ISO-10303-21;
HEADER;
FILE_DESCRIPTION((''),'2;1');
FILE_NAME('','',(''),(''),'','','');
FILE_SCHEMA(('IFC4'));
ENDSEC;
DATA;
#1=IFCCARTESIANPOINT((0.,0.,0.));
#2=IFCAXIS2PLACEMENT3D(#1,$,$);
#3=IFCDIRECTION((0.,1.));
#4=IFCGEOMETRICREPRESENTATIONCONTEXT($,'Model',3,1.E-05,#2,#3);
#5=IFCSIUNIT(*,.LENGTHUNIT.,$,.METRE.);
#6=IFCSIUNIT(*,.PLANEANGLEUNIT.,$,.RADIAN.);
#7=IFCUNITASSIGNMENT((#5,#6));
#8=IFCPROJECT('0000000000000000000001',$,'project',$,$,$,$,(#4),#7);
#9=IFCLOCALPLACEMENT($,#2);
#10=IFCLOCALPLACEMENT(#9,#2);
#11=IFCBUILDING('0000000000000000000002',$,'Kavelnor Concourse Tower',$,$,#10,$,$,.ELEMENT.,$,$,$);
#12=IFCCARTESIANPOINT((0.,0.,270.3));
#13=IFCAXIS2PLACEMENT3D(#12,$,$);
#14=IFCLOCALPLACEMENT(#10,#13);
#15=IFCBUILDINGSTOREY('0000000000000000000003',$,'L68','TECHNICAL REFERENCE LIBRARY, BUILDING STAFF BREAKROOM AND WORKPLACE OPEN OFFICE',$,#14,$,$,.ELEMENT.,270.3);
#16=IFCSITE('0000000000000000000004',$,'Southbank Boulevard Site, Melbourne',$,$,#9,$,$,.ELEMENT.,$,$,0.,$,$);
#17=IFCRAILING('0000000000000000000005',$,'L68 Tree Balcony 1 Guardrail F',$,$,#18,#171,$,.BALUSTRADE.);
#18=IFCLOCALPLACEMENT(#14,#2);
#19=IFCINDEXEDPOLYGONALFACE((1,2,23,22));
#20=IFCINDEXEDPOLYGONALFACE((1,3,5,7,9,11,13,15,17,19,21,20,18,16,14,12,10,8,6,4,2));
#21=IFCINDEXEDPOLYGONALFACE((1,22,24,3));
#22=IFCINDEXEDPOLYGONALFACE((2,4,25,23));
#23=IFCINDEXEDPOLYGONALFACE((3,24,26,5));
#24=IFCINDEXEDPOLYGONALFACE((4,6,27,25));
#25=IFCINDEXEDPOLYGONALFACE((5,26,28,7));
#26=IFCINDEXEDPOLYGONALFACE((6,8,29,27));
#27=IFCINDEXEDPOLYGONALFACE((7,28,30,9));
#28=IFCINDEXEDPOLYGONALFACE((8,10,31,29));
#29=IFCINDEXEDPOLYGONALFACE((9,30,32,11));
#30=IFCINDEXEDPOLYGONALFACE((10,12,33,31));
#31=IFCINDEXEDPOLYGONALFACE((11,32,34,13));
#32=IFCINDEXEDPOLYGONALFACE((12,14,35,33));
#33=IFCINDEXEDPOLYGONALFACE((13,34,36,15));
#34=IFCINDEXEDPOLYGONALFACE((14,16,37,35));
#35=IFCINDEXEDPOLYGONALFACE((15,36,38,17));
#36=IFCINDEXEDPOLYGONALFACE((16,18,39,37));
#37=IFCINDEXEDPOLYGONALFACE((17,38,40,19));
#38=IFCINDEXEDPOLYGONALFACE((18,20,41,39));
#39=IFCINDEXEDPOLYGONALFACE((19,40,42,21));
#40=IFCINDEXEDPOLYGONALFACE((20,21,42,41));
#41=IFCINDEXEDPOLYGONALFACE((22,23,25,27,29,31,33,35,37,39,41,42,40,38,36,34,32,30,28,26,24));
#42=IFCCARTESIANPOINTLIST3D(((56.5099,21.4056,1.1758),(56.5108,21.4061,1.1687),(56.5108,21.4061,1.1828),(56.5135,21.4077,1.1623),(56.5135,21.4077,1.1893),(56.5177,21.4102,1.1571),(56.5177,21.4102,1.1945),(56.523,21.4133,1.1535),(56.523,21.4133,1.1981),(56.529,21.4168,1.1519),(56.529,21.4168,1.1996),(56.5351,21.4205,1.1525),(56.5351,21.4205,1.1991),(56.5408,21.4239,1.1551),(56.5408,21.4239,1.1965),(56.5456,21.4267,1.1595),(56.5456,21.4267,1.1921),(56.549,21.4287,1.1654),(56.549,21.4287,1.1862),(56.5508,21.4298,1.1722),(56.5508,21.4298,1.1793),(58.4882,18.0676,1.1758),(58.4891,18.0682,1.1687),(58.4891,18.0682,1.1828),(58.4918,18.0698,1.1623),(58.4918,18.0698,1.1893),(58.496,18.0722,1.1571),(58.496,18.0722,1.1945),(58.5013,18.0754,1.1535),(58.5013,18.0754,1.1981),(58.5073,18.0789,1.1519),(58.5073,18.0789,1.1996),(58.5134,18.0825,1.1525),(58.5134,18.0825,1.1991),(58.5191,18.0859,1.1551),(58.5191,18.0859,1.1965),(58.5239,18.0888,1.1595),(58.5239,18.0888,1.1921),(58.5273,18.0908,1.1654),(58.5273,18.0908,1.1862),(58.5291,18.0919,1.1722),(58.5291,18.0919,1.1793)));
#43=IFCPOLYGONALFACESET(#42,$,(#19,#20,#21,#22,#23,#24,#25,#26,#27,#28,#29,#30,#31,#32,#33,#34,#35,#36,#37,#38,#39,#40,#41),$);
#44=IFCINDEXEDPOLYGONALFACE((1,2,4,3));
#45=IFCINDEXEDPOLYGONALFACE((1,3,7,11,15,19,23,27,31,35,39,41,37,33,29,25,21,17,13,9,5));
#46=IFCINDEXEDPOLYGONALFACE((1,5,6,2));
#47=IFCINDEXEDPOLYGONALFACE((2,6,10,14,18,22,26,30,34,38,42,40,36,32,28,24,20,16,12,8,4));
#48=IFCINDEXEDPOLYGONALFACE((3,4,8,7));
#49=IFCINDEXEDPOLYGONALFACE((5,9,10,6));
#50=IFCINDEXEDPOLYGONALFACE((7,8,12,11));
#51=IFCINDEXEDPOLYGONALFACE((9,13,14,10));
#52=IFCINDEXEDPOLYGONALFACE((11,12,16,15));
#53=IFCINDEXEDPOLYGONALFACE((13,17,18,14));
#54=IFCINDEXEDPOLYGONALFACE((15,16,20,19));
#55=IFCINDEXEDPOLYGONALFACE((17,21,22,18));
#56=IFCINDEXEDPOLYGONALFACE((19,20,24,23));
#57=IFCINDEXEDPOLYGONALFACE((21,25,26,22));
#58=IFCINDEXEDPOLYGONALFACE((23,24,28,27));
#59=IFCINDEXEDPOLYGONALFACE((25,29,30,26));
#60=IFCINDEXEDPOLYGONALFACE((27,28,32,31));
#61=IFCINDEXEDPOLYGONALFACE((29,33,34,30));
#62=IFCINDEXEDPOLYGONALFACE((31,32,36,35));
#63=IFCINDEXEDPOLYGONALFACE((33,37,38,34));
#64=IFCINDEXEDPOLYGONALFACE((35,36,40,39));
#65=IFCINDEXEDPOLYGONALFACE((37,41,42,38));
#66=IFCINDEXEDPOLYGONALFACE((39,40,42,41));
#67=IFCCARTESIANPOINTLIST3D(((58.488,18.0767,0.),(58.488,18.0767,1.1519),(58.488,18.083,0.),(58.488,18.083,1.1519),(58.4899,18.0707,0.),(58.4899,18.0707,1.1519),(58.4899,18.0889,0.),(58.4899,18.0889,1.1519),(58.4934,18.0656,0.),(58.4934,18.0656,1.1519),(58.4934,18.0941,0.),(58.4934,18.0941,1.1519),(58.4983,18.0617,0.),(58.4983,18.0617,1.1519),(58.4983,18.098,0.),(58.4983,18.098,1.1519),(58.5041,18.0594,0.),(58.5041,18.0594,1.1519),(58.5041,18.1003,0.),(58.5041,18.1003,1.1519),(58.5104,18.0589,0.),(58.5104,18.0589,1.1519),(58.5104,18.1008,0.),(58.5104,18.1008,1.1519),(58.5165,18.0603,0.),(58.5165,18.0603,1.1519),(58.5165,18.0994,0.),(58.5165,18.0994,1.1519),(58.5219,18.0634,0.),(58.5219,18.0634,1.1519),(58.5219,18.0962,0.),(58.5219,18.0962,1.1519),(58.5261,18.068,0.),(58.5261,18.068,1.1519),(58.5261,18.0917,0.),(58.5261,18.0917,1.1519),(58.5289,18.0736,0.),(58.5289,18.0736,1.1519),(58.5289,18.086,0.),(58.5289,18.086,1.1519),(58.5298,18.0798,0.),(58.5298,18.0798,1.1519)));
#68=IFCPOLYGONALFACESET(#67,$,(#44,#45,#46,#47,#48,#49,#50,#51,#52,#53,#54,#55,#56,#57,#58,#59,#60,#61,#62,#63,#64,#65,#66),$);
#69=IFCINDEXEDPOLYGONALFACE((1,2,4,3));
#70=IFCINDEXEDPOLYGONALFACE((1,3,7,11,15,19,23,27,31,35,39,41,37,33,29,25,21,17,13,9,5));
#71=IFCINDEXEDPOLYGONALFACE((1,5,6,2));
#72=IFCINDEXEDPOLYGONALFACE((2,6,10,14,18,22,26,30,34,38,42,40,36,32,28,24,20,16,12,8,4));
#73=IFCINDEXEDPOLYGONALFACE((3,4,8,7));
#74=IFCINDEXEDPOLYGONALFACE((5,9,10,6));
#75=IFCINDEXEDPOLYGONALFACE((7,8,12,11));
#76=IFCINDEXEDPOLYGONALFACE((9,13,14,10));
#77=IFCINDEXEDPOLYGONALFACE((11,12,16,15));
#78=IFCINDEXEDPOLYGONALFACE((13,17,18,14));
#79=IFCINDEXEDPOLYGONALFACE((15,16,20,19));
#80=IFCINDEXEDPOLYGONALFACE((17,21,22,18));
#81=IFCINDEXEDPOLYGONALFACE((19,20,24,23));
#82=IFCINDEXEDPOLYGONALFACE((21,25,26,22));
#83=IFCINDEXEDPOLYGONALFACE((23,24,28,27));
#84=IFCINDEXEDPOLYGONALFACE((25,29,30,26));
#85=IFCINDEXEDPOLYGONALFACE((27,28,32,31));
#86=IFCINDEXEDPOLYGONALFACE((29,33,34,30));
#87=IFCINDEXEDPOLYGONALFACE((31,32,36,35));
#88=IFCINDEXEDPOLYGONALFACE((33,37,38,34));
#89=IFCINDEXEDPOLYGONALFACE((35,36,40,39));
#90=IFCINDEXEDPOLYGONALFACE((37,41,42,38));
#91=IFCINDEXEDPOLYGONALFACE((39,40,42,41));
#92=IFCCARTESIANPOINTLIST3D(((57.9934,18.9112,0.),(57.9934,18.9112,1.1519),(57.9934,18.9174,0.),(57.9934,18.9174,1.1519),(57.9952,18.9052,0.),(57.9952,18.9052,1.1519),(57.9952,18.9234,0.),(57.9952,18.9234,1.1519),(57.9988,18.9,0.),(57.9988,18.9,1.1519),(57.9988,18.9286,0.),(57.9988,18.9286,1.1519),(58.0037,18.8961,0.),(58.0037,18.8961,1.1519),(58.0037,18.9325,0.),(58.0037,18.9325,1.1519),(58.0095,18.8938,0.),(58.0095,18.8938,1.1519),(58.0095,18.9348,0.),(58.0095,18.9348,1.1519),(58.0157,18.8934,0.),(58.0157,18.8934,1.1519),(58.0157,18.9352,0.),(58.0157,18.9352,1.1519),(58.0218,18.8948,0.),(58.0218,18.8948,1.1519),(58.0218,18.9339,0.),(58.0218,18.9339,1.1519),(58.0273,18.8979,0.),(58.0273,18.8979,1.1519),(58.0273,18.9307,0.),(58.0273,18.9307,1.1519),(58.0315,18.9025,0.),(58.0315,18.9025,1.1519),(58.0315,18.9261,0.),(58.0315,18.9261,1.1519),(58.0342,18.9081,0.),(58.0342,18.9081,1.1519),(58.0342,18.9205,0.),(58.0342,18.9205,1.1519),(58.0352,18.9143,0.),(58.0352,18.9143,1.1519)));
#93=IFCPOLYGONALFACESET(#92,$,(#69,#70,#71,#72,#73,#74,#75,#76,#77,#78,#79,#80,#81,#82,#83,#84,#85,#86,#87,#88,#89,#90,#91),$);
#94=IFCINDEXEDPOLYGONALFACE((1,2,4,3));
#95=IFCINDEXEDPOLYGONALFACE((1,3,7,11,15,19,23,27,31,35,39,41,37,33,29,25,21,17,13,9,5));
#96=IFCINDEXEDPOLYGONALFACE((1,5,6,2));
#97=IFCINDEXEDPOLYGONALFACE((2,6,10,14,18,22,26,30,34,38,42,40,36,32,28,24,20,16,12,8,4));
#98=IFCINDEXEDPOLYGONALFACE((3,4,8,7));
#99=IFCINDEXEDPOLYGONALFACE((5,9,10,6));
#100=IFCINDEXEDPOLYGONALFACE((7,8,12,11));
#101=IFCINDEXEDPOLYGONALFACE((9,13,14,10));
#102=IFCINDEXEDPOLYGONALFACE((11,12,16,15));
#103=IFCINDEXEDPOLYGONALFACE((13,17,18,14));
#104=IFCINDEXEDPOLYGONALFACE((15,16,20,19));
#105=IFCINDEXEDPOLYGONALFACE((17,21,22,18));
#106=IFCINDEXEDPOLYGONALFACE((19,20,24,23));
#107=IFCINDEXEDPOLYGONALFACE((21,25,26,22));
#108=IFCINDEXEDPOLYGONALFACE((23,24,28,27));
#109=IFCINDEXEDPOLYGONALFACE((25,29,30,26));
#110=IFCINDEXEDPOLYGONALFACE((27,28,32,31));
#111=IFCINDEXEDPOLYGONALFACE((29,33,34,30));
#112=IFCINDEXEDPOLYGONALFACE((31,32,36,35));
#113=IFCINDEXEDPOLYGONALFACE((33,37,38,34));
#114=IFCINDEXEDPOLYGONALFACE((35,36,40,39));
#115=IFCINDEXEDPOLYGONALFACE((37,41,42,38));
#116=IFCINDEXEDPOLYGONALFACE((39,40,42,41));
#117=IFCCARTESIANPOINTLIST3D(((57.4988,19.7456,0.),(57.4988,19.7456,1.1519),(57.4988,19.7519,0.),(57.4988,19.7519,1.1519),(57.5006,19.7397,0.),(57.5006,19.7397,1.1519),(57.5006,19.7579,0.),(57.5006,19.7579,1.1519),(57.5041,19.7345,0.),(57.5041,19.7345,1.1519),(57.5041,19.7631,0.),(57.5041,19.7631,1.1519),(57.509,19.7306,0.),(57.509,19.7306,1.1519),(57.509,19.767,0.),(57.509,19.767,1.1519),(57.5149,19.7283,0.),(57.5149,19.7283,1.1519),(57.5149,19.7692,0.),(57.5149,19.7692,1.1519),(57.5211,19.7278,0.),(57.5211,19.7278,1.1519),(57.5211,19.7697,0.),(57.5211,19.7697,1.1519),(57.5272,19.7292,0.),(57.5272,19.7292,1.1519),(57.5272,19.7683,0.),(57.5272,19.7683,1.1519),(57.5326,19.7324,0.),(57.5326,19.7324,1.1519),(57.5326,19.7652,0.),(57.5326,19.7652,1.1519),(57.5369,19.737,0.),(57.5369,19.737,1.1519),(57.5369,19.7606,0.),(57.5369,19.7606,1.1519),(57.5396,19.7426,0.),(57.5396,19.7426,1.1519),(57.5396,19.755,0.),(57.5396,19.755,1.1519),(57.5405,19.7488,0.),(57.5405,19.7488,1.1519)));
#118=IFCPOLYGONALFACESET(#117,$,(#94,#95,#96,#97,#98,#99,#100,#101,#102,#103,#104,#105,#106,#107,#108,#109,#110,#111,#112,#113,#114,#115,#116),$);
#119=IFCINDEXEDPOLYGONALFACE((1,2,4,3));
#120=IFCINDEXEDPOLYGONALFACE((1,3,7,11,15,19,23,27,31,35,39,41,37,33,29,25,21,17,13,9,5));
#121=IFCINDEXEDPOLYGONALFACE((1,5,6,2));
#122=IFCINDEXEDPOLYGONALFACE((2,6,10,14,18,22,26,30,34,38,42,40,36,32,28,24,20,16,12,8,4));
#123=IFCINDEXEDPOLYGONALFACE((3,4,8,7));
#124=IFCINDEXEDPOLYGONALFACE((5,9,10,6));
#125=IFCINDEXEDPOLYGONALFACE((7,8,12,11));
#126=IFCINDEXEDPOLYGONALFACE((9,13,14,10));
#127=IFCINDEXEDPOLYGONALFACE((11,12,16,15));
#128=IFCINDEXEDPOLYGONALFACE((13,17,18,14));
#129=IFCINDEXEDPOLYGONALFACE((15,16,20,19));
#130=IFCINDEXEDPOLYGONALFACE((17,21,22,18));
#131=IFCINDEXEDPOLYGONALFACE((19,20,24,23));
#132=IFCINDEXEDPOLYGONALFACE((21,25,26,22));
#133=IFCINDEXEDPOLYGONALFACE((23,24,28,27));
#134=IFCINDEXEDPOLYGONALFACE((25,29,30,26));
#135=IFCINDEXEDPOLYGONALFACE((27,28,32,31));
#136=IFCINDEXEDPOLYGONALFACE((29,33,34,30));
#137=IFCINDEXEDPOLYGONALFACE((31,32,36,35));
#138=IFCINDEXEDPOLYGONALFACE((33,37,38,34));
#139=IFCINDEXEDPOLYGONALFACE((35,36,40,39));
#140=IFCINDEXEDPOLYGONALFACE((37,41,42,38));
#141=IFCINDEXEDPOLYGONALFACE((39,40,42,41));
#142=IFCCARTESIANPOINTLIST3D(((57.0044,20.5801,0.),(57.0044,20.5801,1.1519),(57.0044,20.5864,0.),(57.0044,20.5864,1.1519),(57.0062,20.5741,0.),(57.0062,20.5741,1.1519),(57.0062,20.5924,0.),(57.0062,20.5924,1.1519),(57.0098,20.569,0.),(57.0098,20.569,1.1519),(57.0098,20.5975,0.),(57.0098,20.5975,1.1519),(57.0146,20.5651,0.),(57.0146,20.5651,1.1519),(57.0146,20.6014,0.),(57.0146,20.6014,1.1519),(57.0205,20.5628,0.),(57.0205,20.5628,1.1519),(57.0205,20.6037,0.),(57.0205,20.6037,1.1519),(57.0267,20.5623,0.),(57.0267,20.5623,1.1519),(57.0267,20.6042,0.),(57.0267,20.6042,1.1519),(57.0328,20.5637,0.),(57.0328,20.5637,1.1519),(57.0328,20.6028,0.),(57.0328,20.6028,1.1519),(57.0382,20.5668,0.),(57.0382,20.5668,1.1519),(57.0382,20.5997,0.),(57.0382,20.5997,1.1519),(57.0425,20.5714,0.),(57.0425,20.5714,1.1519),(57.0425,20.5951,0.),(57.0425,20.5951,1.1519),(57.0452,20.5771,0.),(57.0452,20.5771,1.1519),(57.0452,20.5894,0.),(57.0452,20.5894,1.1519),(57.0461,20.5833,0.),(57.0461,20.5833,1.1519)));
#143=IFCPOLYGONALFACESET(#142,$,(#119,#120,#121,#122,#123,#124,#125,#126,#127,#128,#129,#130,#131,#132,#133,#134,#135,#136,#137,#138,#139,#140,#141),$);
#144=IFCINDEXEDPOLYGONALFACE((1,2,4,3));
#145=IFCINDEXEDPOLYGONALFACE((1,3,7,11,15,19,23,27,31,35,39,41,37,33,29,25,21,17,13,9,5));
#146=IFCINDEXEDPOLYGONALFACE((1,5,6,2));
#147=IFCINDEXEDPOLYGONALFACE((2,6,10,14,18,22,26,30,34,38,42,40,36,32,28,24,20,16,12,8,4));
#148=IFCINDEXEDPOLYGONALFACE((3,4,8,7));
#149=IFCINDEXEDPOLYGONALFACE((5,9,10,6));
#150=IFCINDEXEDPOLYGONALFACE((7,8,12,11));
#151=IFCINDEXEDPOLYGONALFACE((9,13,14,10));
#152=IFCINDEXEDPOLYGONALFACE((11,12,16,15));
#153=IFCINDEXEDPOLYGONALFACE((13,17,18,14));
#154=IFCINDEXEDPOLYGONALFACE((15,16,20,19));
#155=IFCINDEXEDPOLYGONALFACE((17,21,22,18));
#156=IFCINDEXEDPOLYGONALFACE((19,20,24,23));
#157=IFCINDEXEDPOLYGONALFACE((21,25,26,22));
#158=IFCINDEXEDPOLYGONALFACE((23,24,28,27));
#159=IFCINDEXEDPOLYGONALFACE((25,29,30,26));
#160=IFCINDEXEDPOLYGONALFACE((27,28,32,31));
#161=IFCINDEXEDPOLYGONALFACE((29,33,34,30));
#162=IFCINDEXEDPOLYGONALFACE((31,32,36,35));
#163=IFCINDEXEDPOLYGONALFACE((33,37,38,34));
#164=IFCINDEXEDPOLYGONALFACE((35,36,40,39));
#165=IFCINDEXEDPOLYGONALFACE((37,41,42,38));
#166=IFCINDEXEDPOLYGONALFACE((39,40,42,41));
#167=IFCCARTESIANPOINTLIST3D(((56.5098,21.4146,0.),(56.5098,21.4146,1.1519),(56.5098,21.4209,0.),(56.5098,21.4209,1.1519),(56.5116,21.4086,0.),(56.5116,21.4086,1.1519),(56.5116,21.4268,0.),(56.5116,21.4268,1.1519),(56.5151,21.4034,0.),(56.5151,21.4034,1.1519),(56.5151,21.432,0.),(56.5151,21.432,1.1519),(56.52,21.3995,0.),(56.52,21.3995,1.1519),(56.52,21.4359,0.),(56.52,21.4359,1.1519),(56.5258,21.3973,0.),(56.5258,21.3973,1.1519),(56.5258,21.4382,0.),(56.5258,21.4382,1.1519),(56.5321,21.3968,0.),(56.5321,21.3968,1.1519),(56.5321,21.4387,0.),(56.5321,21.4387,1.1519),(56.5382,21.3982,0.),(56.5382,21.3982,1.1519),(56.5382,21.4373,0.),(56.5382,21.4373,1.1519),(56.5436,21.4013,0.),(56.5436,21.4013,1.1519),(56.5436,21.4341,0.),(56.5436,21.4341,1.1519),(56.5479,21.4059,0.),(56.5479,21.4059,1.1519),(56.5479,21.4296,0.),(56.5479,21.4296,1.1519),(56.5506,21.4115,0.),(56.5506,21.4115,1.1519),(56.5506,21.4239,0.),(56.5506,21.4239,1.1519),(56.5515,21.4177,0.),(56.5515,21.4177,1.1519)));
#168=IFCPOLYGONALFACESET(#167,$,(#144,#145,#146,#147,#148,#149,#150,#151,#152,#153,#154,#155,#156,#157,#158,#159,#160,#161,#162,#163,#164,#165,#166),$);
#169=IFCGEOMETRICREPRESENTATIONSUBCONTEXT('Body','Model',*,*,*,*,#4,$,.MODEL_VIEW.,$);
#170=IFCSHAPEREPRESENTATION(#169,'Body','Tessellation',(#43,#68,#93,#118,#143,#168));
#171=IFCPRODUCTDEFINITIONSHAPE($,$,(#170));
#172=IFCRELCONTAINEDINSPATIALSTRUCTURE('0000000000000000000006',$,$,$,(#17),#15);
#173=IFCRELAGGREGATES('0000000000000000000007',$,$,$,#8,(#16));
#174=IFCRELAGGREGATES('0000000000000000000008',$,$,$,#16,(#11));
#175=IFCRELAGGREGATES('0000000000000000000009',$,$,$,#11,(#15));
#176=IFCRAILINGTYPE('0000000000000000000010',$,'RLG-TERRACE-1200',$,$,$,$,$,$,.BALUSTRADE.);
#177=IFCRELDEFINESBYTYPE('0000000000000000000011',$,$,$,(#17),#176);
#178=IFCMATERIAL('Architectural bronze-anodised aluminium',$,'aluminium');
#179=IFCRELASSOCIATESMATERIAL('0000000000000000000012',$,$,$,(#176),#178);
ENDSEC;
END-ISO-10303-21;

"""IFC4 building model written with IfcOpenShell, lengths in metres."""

from ifc_helpers import new_model, si_unit, direction, frame, origin, origin_2d, place, context, subcontext, project, spatial, circle, extrude, material, type_object, element, save


model = new_model("IFC4")

# Units and contexts
model_context = context("Model", 3, precision=1e-05, world=origin(), true_north=direction((0.0, 1.0)))
body_context = subcontext(model_context, "Body", "Model", "MODEL_VIEW")
ifc_project = project(units=[si_unit("LENGTHUNIT", "METRE"), si_unit("PLANEANGLEUNIT", "RADIAN")], contexts=[model_context])

# Site, building, storey
site_placement = place(None, origin())
site = spatial("IfcSite", under=ifc_project, at=site_placement, Name="Southbank Boulevard Site, Melbourne", CompositionType="ELEMENT", RefElevation=0.0)
building_placement = place(site_placement, origin())
building = spatial("IfcBuilding", under=site, at=building_placement, Name="Kavelnor Concourse Tower", CompositionType="ELEMENT")
storey_placement = place(building_placement, frame((0.0, 0.0, 270.3)))
storey = spatial("IfcBuildingStorey", under=building, at=storey_placement, Name="L68", Description="TECHNICAL REFERENCE LIBRARY, BUILDING STAFF BREAKROOM AND WORKPLACE OPEN OFFICE", CompositionType="ELEMENT", Elevation=270.3)

# Railing
ifc_material_1 = material(Name="Architectural bronze-anodised aluminium", Category="aluminium")
railing_type_1 = type_object("IfcRailingType", Name="RLG-TERRACE-1200", PredefinedType="BALUSTRADE", material=ifc_material_1)
railing_1_placement = place(storey_placement, frame((58.5088, 18.0798, 0.0)))
element("IfcRailing", 1, at=railing_1_placement, inside=storey, type_object=railing_type_1, Name="L68 Tree Balcony 1 Guardrail F", PredefinedType="BALUSTRADE", context=body_context, shape_type="SweptSolid", body=[
    extrude(circle(Radius=0.0239, at=origin_2d()), frame((0.0, 0.0, 1.1758), z_axis=(-0.509852, 0.860262, 0.0), x_axis=(-0.860262, -0.509852, 0.0)), (0.0, 0.0, 1.0), 3.8801),
    extrude(circle(Radius=0.021, at=origin_2d()), origin(), (0.0, 0.0, 1.0), 1.1519),
    extrude(circle(Radius=0.021, at=origin_2d()), frame((-0.4946, 0.8345, 0.0)), (0.0, 0.0, 1.0), 1.1519),
    extrude(circle(Radius=0.021, at=origin_2d()), frame((-0.9893, 1.6689, 0.0)), (0.0, 0.0, 1.0), 1.1519),
    extrude(circle(Radius=0.021, at=origin_2d()), frame((-1.4836, 2.5034, 0.0)), (0.0, 0.0, 1.0), 1.1519),
    extrude(circle(Radius=0.021, at=origin_2d()), frame((-1.9783, 3.3379, 0.0)), (0.0, 0.0, 1.0), 1.1519),
])

save(model, "model.ifc")
